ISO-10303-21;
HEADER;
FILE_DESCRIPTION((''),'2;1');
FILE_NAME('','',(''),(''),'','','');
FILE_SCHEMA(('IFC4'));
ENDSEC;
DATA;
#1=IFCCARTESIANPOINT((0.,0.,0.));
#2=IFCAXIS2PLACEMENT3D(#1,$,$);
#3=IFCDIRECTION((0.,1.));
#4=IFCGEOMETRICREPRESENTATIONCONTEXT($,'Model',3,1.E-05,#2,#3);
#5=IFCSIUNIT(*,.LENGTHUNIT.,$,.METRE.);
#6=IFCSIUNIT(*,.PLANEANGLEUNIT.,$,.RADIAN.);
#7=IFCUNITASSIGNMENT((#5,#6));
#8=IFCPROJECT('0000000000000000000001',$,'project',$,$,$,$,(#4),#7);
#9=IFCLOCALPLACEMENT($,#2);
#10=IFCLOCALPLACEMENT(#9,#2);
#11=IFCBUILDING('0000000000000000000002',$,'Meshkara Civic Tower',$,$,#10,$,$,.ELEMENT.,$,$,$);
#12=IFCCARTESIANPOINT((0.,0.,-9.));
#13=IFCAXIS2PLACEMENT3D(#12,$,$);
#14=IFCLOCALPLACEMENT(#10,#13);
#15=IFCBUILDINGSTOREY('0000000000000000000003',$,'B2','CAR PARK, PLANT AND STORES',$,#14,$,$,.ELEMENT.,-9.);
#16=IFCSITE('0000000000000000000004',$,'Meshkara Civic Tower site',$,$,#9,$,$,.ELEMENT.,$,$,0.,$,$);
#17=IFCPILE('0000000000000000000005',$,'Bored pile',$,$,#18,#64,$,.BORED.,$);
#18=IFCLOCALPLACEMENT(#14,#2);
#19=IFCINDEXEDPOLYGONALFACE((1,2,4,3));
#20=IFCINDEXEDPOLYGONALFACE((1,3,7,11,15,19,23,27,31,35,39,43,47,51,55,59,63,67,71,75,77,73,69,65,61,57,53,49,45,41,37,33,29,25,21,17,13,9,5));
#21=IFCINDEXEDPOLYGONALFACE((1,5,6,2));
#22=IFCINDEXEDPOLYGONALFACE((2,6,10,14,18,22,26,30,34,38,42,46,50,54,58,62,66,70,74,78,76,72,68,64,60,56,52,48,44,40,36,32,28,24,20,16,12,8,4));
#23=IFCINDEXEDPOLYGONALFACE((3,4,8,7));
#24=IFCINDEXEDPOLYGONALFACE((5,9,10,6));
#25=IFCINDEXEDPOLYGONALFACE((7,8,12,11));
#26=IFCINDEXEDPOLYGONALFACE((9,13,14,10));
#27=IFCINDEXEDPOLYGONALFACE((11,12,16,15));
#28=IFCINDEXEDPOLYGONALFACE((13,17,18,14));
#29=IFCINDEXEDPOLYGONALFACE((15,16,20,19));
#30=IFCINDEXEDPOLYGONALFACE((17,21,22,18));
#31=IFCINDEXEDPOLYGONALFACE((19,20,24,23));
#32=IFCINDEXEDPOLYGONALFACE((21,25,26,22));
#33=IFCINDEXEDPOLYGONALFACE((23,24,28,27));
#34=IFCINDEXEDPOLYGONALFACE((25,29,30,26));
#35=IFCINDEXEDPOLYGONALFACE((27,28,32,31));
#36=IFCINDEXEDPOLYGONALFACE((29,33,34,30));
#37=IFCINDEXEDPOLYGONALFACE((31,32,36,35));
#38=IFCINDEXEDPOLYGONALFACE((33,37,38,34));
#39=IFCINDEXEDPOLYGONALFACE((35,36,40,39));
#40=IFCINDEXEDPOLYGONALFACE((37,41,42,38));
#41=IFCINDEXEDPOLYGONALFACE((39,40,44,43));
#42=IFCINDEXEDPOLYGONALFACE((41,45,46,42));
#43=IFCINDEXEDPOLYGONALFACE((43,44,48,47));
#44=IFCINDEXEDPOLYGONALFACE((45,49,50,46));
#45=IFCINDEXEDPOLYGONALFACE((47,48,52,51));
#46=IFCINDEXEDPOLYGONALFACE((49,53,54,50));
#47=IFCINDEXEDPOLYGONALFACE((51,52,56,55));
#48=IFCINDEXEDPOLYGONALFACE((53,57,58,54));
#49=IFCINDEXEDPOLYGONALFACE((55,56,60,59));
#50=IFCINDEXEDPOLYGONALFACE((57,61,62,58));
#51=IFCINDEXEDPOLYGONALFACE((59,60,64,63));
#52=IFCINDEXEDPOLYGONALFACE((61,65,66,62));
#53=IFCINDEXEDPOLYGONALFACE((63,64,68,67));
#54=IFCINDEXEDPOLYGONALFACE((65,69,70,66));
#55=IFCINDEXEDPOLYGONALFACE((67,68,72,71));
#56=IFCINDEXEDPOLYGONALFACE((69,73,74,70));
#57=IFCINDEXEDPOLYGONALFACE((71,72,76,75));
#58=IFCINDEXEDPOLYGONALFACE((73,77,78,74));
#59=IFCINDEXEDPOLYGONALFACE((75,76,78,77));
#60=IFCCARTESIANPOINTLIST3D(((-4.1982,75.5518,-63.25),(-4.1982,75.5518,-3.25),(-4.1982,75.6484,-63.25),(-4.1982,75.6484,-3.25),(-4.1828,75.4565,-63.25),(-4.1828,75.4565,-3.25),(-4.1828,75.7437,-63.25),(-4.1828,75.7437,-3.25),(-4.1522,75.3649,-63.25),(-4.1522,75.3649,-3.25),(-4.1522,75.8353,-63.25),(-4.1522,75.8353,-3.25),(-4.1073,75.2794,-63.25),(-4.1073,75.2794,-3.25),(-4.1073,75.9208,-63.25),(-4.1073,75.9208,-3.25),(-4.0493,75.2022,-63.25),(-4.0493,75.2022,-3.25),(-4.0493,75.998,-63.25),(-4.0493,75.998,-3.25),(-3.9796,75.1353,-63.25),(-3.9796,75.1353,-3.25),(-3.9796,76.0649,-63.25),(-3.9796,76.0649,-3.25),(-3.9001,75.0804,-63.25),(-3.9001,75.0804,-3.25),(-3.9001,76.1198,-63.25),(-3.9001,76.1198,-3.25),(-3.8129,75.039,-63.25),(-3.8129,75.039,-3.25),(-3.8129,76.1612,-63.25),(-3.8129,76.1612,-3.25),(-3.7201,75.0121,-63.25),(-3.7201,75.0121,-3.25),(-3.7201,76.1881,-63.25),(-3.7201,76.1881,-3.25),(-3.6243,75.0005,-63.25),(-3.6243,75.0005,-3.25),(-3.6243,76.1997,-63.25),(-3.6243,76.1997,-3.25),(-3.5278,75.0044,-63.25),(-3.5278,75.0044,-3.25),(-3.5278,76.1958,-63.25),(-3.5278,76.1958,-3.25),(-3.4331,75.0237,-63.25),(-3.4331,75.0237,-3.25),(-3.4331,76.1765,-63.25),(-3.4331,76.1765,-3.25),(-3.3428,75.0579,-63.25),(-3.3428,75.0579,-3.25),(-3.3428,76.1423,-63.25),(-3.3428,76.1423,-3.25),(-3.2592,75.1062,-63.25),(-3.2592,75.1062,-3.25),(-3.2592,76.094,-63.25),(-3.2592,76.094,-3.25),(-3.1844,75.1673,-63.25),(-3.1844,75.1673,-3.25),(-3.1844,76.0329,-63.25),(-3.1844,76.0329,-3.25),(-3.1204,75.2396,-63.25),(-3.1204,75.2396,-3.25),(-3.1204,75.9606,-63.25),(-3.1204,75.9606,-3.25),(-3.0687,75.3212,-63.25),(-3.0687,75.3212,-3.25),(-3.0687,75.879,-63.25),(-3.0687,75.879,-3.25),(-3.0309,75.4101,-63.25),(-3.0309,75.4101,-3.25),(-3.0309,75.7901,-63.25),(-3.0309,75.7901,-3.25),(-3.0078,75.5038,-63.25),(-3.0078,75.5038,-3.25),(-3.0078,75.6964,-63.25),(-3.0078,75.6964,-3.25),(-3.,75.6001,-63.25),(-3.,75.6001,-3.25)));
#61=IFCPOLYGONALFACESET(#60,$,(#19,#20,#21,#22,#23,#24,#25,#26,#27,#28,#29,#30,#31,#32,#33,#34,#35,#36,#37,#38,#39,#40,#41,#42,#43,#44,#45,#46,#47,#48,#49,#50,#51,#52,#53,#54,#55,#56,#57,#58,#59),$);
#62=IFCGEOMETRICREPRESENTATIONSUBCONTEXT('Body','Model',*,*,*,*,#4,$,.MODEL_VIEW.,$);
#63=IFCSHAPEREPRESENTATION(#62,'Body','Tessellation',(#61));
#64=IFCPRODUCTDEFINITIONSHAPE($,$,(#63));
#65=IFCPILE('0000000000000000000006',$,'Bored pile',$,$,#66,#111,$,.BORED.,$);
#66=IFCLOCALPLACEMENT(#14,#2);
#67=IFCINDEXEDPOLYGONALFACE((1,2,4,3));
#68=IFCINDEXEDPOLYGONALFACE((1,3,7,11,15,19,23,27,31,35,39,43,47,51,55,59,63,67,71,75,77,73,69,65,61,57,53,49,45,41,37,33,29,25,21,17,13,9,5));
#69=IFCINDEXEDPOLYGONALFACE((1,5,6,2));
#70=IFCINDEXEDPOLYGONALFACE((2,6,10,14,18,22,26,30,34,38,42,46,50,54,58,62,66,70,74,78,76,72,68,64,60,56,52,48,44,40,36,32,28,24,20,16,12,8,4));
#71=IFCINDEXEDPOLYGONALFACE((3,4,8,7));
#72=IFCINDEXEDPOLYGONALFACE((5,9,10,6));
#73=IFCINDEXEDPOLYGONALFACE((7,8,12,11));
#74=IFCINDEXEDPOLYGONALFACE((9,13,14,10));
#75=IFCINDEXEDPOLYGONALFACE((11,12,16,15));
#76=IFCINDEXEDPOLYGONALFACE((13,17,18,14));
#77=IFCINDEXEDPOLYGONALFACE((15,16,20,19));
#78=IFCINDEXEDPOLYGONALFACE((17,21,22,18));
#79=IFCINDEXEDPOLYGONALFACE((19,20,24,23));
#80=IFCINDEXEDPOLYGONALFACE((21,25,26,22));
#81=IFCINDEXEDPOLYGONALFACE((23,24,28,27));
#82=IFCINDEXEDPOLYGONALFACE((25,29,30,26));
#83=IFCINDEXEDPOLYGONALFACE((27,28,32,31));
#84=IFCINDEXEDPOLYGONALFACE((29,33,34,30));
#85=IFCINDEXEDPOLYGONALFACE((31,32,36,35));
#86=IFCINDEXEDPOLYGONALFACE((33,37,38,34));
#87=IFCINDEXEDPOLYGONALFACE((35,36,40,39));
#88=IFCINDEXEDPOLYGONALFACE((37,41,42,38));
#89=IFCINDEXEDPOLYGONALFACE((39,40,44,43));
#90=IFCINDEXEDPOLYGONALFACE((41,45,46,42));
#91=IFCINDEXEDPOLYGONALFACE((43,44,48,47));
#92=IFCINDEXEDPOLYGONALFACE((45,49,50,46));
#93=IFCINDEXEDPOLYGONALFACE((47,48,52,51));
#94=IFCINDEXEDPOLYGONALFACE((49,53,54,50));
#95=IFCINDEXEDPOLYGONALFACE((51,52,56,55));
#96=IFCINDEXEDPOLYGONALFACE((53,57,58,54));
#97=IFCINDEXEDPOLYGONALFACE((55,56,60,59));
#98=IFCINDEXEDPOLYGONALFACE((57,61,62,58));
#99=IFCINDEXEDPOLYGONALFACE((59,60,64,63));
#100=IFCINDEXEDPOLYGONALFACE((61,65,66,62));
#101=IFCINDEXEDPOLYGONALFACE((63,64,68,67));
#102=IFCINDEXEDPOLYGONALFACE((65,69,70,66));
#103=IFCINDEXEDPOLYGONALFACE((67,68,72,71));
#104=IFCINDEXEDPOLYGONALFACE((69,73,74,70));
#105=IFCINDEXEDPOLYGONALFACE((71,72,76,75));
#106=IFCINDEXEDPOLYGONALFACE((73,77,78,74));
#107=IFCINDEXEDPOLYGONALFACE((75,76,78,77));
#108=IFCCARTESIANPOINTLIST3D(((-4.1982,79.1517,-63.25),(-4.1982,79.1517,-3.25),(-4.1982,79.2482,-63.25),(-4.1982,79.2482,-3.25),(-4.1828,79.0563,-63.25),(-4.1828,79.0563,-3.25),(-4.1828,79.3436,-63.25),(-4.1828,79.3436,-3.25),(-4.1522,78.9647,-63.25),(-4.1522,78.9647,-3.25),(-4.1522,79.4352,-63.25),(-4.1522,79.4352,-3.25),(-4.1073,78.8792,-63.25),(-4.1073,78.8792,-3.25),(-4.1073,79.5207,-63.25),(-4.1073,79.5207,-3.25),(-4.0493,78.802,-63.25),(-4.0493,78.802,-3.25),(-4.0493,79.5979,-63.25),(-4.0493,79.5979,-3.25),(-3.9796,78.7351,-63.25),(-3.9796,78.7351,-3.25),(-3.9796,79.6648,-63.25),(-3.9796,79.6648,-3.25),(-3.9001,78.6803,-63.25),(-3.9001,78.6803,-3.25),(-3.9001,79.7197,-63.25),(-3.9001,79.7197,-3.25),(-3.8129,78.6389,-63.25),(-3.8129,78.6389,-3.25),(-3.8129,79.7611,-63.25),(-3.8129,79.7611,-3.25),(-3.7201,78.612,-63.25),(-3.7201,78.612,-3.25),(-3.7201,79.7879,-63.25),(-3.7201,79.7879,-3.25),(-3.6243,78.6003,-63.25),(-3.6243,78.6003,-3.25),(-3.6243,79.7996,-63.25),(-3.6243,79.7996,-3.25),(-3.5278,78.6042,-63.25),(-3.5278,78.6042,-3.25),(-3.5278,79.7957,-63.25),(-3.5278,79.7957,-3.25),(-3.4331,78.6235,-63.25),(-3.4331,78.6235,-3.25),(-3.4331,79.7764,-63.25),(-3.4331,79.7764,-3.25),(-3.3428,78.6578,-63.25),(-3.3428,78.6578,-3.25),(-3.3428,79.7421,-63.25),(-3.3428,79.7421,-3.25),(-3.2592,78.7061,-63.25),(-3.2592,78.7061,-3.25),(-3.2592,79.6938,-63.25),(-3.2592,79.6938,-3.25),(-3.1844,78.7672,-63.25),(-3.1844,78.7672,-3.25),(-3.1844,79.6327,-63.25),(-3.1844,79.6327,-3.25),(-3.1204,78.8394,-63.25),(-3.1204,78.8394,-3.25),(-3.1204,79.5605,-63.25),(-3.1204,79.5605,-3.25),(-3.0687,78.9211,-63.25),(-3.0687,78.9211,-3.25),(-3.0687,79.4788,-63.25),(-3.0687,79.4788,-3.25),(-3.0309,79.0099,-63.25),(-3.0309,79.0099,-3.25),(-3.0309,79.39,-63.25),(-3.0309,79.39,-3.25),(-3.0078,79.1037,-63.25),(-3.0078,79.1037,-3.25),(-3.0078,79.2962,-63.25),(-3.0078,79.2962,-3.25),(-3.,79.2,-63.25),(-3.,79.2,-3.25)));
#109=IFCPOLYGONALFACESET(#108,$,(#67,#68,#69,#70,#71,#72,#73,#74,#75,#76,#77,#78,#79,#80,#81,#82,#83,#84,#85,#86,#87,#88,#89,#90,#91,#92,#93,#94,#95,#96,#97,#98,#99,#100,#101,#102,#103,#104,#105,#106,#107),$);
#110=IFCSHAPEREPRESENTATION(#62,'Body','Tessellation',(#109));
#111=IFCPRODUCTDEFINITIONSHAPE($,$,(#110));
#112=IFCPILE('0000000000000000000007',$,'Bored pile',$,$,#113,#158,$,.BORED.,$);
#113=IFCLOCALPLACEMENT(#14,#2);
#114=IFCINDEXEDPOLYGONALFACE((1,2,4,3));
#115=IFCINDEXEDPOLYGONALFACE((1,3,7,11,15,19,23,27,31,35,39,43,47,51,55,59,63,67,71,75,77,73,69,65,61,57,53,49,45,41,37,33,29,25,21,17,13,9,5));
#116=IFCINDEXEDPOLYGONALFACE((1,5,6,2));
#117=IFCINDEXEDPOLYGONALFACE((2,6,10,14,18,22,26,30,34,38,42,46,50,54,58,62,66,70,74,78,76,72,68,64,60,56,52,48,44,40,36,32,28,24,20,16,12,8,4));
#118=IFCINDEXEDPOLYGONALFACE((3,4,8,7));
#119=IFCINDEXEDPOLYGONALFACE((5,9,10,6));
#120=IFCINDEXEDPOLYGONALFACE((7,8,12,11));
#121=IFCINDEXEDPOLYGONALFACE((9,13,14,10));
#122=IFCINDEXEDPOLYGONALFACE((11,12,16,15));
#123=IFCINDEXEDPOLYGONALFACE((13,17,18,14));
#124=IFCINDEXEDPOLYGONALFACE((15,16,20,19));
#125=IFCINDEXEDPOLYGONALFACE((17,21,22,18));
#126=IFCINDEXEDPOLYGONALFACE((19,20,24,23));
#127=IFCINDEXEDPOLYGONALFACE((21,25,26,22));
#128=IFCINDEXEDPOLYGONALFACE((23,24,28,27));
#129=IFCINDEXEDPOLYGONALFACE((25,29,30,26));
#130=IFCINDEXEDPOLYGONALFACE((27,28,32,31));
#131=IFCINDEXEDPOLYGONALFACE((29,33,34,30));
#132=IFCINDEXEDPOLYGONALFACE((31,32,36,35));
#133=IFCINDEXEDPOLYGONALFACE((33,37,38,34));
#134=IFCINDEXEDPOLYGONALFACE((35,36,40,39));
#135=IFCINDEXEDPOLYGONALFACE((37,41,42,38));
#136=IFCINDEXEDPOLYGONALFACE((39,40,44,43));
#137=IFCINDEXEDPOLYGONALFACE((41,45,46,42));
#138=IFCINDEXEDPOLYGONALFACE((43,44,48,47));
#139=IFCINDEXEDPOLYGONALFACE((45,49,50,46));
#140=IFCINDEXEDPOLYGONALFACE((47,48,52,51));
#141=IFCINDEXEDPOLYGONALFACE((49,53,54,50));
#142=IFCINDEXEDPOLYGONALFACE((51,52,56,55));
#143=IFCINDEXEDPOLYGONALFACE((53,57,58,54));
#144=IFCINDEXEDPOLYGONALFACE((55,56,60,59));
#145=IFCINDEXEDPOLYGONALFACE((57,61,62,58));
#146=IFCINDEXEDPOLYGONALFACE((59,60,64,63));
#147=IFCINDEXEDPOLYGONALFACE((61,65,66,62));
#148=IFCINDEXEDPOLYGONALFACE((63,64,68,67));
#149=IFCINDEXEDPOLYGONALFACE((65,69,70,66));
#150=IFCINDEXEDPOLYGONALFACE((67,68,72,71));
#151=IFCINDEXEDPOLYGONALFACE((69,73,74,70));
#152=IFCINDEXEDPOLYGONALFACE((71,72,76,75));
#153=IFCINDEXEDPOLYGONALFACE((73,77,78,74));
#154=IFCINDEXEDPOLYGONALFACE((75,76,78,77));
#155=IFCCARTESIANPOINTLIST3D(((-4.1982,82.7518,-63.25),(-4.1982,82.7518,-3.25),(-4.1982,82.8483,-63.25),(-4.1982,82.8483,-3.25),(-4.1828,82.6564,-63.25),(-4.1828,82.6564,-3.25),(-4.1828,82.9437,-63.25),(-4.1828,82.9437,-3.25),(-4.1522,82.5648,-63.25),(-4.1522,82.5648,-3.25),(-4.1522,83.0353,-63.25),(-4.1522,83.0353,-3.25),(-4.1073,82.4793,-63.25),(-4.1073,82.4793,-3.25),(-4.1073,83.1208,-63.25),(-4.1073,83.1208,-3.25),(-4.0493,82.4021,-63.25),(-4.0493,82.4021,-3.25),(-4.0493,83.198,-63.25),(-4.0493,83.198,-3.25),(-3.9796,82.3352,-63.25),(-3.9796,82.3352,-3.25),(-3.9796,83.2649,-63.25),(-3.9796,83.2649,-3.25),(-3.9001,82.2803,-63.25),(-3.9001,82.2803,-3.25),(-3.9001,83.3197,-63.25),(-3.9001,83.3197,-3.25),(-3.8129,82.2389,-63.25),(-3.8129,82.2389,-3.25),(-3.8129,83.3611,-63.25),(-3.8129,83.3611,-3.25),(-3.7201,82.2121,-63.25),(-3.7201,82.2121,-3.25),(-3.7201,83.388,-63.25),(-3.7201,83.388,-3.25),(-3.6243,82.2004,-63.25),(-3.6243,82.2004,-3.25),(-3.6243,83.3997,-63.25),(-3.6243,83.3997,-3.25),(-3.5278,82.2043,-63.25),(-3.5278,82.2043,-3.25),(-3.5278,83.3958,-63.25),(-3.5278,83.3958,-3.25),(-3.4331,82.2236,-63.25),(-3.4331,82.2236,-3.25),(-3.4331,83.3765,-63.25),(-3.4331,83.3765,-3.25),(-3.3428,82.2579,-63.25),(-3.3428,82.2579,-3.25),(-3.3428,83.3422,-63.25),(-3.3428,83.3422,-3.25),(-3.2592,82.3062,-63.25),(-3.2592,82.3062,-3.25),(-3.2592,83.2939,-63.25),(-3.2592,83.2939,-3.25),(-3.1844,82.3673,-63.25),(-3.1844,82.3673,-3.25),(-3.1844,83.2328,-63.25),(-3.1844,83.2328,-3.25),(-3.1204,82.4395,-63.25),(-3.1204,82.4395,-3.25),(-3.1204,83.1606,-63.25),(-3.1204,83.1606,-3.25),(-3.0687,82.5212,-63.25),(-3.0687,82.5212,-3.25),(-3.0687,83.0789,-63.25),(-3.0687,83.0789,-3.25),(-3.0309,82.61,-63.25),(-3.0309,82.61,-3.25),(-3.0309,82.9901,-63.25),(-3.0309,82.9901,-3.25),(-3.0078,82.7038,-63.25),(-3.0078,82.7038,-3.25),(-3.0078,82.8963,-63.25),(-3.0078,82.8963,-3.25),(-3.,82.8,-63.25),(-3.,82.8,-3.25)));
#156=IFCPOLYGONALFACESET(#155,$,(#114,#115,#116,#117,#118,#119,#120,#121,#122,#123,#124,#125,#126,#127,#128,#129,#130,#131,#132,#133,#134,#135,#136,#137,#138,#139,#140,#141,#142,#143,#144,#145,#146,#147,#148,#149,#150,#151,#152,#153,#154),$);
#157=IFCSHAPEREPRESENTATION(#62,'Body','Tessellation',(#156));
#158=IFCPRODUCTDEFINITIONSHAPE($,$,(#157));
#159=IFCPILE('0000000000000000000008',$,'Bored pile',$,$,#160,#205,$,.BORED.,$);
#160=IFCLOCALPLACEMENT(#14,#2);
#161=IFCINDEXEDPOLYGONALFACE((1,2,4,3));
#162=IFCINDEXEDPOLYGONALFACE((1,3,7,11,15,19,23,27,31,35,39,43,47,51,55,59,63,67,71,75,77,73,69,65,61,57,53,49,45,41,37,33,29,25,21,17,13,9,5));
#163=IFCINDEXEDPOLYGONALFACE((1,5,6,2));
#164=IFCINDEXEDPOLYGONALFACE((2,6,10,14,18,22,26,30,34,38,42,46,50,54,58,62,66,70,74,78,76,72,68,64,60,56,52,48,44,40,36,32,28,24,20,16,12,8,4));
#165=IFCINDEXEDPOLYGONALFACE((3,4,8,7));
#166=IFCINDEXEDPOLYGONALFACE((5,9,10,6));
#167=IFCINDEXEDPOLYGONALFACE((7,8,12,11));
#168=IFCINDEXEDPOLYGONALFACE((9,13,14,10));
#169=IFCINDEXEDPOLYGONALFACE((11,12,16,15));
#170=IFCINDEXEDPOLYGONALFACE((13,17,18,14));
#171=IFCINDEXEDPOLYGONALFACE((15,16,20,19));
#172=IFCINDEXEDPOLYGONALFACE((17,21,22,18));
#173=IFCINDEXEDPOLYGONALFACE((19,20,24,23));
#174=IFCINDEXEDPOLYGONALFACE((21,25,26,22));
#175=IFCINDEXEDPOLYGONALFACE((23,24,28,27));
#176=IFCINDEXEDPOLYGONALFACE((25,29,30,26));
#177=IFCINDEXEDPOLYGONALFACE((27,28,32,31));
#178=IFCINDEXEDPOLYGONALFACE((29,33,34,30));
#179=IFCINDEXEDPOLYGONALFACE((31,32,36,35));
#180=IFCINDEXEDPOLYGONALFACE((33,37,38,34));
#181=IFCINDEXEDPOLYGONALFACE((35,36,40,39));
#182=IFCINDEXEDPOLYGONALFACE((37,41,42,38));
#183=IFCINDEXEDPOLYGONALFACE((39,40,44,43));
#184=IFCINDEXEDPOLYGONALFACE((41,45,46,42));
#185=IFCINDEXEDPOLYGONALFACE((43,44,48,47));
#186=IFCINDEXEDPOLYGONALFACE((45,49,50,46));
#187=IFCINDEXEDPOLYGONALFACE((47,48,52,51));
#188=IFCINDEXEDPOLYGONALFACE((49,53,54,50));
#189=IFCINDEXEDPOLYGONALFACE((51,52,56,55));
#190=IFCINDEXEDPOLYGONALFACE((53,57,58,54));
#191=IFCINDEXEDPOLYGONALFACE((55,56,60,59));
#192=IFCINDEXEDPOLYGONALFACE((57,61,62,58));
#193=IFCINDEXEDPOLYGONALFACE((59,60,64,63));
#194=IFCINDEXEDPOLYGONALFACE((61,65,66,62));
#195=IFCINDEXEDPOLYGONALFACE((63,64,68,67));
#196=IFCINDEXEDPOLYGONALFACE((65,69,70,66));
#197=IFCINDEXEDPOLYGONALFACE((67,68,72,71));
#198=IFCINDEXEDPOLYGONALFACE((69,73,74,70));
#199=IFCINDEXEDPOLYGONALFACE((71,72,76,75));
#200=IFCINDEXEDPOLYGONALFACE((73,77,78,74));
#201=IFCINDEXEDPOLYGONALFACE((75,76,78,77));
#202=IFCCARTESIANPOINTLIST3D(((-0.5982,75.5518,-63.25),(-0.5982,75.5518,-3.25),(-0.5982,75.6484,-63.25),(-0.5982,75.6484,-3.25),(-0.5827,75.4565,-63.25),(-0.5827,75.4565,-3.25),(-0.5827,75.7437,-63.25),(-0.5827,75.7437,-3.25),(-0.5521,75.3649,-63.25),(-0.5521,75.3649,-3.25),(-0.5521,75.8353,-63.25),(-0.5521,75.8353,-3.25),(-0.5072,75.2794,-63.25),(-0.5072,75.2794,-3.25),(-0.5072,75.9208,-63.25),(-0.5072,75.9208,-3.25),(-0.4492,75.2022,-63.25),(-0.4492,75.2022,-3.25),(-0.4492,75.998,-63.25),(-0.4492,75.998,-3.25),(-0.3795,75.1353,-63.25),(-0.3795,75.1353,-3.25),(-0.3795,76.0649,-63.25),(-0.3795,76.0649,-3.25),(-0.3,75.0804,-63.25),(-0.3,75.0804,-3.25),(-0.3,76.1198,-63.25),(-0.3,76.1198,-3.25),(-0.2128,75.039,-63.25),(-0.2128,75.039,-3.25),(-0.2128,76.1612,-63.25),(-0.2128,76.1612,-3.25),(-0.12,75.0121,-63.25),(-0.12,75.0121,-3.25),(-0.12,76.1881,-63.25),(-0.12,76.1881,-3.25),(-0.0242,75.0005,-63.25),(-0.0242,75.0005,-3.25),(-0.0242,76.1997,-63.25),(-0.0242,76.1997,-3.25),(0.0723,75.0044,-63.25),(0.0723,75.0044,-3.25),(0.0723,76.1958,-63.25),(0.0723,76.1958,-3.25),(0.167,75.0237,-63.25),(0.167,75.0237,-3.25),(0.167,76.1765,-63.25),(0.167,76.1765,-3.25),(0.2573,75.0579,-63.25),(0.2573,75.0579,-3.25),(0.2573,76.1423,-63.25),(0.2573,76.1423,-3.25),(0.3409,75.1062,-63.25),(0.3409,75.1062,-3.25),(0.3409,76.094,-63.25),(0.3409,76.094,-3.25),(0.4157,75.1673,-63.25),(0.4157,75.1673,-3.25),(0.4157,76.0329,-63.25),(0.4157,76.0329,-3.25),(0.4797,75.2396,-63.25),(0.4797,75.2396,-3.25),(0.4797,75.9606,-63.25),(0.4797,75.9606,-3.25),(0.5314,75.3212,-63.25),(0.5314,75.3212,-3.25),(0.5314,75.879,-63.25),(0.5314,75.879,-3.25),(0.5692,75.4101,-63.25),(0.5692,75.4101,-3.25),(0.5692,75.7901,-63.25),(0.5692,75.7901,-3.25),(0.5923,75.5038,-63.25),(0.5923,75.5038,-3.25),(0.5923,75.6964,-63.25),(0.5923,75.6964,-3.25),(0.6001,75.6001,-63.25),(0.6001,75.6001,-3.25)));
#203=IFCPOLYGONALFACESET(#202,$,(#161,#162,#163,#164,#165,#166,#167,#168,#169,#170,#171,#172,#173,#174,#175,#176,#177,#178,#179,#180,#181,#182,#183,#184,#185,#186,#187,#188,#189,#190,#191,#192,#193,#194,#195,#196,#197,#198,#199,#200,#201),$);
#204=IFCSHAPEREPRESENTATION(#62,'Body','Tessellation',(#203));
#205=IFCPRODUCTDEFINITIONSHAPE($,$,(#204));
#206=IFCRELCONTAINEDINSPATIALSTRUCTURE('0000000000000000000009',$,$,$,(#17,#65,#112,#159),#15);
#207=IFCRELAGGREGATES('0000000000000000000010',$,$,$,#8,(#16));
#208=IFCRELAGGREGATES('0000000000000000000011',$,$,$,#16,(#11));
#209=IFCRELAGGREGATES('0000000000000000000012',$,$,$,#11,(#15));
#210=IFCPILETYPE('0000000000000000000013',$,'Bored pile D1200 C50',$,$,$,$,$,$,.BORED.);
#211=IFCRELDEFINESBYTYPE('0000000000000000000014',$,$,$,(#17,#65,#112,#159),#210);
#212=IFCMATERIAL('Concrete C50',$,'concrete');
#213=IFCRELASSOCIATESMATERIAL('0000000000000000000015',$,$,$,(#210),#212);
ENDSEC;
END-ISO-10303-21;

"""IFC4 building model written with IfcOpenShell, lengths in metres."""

from ifc_helpers import new_model, si_unit, direction, frame, origin, origin_2d, place, context, subcontext, project, spatial, circle, extrude, material, material_profile, profile_set, type_object, element, save


model = new_model("IFC4")

# Units and contexts
model_context = context("Model", 3, precision=1e-05, world=origin(), true_north=direction((0.0, 1.0)))
body_context = subcontext(model_context, "Body", "Model", "MODEL_VIEW")
ifc_project = project(units=[si_unit("LENGTHUNIT", "METRE"), si_unit("PLANEANGLEUNIT", "RADIAN")], contexts=[model_context])

# Site, building, storey
site_placement = place(None, origin())
site = spatial("IfcSite", under=ifc_project, at=site_placement, Name="Meshkara Civic Tower site", CompositionType="ELEMENT", RefElevation=0.0)
building_placement = place(site_placement, origin())
building = spatial("IfcBuilding", under=site, at=building_placement, Name="Meshkara Civic Tower", CompositionType="ELEMENT")
storey_placement = place(building_placement, frame((0.0, 0.0, -9.0)))
storey = spatial("IfcBuildingStorey", under=building, at=storey_placement, Name="B2", Description="CAR PARK, PLANT AND STORES", CompositionType="ELEMENT", Elevation=-9.0)

# Piles
ifc_material_1 = material(Name="Concrete C50", Category="concrete")
ifc_material_profile_1 = material_profile(ifc_material_1, circle(Radius=0.6001, at=origin_2d()))
ifc_profile_set_1 = profile_set([ifc_material_profile_1], Name="Concrete C50")
pile_type = type_object("IfcPileType", Name="Bored pile D1200 C50", PredefinedType="BORED", material=ifc_profile_set_1)
for number, where, z_axis, x_axis, name in (
    (1, (-3.6001, 75.6001, -3.25), (0.0, 0.0, -1.0), (1.0, 0.0, 0.0), "Bored pile"),
    (2, (-3.6001, 79.2, -3.25), (0.0, 0.0, -1.0), (1.0, 0.0, 0.0), "Bored pile"),
    (3, (-3.6001, 82.8, -3.25), (0.0, 0.0, -1.0), (1.0, 0.0, 0.0), "Bored pile"),
    (4, (0.0, 75.6001, -3.25), (0.0, 0.0, -1.0), (1.0, 0.0, 0.0), "Bored pile"),
):
    element("IfcPile", number, at=place(storey_placement, frame(where, z_axis=z_axis, x_axis=x_axis)), inside=storey, type_object=pile_type, Name=name, PredefinedType="BORED", context=body_context, shape_type="SweptSolid", body=[
        extrude(circle(Radius=0.6001, at=origin_2d()), origin(), (0.0, 0.0, 1.0), 60.0),
    ])

save(model, "model.ifc")
